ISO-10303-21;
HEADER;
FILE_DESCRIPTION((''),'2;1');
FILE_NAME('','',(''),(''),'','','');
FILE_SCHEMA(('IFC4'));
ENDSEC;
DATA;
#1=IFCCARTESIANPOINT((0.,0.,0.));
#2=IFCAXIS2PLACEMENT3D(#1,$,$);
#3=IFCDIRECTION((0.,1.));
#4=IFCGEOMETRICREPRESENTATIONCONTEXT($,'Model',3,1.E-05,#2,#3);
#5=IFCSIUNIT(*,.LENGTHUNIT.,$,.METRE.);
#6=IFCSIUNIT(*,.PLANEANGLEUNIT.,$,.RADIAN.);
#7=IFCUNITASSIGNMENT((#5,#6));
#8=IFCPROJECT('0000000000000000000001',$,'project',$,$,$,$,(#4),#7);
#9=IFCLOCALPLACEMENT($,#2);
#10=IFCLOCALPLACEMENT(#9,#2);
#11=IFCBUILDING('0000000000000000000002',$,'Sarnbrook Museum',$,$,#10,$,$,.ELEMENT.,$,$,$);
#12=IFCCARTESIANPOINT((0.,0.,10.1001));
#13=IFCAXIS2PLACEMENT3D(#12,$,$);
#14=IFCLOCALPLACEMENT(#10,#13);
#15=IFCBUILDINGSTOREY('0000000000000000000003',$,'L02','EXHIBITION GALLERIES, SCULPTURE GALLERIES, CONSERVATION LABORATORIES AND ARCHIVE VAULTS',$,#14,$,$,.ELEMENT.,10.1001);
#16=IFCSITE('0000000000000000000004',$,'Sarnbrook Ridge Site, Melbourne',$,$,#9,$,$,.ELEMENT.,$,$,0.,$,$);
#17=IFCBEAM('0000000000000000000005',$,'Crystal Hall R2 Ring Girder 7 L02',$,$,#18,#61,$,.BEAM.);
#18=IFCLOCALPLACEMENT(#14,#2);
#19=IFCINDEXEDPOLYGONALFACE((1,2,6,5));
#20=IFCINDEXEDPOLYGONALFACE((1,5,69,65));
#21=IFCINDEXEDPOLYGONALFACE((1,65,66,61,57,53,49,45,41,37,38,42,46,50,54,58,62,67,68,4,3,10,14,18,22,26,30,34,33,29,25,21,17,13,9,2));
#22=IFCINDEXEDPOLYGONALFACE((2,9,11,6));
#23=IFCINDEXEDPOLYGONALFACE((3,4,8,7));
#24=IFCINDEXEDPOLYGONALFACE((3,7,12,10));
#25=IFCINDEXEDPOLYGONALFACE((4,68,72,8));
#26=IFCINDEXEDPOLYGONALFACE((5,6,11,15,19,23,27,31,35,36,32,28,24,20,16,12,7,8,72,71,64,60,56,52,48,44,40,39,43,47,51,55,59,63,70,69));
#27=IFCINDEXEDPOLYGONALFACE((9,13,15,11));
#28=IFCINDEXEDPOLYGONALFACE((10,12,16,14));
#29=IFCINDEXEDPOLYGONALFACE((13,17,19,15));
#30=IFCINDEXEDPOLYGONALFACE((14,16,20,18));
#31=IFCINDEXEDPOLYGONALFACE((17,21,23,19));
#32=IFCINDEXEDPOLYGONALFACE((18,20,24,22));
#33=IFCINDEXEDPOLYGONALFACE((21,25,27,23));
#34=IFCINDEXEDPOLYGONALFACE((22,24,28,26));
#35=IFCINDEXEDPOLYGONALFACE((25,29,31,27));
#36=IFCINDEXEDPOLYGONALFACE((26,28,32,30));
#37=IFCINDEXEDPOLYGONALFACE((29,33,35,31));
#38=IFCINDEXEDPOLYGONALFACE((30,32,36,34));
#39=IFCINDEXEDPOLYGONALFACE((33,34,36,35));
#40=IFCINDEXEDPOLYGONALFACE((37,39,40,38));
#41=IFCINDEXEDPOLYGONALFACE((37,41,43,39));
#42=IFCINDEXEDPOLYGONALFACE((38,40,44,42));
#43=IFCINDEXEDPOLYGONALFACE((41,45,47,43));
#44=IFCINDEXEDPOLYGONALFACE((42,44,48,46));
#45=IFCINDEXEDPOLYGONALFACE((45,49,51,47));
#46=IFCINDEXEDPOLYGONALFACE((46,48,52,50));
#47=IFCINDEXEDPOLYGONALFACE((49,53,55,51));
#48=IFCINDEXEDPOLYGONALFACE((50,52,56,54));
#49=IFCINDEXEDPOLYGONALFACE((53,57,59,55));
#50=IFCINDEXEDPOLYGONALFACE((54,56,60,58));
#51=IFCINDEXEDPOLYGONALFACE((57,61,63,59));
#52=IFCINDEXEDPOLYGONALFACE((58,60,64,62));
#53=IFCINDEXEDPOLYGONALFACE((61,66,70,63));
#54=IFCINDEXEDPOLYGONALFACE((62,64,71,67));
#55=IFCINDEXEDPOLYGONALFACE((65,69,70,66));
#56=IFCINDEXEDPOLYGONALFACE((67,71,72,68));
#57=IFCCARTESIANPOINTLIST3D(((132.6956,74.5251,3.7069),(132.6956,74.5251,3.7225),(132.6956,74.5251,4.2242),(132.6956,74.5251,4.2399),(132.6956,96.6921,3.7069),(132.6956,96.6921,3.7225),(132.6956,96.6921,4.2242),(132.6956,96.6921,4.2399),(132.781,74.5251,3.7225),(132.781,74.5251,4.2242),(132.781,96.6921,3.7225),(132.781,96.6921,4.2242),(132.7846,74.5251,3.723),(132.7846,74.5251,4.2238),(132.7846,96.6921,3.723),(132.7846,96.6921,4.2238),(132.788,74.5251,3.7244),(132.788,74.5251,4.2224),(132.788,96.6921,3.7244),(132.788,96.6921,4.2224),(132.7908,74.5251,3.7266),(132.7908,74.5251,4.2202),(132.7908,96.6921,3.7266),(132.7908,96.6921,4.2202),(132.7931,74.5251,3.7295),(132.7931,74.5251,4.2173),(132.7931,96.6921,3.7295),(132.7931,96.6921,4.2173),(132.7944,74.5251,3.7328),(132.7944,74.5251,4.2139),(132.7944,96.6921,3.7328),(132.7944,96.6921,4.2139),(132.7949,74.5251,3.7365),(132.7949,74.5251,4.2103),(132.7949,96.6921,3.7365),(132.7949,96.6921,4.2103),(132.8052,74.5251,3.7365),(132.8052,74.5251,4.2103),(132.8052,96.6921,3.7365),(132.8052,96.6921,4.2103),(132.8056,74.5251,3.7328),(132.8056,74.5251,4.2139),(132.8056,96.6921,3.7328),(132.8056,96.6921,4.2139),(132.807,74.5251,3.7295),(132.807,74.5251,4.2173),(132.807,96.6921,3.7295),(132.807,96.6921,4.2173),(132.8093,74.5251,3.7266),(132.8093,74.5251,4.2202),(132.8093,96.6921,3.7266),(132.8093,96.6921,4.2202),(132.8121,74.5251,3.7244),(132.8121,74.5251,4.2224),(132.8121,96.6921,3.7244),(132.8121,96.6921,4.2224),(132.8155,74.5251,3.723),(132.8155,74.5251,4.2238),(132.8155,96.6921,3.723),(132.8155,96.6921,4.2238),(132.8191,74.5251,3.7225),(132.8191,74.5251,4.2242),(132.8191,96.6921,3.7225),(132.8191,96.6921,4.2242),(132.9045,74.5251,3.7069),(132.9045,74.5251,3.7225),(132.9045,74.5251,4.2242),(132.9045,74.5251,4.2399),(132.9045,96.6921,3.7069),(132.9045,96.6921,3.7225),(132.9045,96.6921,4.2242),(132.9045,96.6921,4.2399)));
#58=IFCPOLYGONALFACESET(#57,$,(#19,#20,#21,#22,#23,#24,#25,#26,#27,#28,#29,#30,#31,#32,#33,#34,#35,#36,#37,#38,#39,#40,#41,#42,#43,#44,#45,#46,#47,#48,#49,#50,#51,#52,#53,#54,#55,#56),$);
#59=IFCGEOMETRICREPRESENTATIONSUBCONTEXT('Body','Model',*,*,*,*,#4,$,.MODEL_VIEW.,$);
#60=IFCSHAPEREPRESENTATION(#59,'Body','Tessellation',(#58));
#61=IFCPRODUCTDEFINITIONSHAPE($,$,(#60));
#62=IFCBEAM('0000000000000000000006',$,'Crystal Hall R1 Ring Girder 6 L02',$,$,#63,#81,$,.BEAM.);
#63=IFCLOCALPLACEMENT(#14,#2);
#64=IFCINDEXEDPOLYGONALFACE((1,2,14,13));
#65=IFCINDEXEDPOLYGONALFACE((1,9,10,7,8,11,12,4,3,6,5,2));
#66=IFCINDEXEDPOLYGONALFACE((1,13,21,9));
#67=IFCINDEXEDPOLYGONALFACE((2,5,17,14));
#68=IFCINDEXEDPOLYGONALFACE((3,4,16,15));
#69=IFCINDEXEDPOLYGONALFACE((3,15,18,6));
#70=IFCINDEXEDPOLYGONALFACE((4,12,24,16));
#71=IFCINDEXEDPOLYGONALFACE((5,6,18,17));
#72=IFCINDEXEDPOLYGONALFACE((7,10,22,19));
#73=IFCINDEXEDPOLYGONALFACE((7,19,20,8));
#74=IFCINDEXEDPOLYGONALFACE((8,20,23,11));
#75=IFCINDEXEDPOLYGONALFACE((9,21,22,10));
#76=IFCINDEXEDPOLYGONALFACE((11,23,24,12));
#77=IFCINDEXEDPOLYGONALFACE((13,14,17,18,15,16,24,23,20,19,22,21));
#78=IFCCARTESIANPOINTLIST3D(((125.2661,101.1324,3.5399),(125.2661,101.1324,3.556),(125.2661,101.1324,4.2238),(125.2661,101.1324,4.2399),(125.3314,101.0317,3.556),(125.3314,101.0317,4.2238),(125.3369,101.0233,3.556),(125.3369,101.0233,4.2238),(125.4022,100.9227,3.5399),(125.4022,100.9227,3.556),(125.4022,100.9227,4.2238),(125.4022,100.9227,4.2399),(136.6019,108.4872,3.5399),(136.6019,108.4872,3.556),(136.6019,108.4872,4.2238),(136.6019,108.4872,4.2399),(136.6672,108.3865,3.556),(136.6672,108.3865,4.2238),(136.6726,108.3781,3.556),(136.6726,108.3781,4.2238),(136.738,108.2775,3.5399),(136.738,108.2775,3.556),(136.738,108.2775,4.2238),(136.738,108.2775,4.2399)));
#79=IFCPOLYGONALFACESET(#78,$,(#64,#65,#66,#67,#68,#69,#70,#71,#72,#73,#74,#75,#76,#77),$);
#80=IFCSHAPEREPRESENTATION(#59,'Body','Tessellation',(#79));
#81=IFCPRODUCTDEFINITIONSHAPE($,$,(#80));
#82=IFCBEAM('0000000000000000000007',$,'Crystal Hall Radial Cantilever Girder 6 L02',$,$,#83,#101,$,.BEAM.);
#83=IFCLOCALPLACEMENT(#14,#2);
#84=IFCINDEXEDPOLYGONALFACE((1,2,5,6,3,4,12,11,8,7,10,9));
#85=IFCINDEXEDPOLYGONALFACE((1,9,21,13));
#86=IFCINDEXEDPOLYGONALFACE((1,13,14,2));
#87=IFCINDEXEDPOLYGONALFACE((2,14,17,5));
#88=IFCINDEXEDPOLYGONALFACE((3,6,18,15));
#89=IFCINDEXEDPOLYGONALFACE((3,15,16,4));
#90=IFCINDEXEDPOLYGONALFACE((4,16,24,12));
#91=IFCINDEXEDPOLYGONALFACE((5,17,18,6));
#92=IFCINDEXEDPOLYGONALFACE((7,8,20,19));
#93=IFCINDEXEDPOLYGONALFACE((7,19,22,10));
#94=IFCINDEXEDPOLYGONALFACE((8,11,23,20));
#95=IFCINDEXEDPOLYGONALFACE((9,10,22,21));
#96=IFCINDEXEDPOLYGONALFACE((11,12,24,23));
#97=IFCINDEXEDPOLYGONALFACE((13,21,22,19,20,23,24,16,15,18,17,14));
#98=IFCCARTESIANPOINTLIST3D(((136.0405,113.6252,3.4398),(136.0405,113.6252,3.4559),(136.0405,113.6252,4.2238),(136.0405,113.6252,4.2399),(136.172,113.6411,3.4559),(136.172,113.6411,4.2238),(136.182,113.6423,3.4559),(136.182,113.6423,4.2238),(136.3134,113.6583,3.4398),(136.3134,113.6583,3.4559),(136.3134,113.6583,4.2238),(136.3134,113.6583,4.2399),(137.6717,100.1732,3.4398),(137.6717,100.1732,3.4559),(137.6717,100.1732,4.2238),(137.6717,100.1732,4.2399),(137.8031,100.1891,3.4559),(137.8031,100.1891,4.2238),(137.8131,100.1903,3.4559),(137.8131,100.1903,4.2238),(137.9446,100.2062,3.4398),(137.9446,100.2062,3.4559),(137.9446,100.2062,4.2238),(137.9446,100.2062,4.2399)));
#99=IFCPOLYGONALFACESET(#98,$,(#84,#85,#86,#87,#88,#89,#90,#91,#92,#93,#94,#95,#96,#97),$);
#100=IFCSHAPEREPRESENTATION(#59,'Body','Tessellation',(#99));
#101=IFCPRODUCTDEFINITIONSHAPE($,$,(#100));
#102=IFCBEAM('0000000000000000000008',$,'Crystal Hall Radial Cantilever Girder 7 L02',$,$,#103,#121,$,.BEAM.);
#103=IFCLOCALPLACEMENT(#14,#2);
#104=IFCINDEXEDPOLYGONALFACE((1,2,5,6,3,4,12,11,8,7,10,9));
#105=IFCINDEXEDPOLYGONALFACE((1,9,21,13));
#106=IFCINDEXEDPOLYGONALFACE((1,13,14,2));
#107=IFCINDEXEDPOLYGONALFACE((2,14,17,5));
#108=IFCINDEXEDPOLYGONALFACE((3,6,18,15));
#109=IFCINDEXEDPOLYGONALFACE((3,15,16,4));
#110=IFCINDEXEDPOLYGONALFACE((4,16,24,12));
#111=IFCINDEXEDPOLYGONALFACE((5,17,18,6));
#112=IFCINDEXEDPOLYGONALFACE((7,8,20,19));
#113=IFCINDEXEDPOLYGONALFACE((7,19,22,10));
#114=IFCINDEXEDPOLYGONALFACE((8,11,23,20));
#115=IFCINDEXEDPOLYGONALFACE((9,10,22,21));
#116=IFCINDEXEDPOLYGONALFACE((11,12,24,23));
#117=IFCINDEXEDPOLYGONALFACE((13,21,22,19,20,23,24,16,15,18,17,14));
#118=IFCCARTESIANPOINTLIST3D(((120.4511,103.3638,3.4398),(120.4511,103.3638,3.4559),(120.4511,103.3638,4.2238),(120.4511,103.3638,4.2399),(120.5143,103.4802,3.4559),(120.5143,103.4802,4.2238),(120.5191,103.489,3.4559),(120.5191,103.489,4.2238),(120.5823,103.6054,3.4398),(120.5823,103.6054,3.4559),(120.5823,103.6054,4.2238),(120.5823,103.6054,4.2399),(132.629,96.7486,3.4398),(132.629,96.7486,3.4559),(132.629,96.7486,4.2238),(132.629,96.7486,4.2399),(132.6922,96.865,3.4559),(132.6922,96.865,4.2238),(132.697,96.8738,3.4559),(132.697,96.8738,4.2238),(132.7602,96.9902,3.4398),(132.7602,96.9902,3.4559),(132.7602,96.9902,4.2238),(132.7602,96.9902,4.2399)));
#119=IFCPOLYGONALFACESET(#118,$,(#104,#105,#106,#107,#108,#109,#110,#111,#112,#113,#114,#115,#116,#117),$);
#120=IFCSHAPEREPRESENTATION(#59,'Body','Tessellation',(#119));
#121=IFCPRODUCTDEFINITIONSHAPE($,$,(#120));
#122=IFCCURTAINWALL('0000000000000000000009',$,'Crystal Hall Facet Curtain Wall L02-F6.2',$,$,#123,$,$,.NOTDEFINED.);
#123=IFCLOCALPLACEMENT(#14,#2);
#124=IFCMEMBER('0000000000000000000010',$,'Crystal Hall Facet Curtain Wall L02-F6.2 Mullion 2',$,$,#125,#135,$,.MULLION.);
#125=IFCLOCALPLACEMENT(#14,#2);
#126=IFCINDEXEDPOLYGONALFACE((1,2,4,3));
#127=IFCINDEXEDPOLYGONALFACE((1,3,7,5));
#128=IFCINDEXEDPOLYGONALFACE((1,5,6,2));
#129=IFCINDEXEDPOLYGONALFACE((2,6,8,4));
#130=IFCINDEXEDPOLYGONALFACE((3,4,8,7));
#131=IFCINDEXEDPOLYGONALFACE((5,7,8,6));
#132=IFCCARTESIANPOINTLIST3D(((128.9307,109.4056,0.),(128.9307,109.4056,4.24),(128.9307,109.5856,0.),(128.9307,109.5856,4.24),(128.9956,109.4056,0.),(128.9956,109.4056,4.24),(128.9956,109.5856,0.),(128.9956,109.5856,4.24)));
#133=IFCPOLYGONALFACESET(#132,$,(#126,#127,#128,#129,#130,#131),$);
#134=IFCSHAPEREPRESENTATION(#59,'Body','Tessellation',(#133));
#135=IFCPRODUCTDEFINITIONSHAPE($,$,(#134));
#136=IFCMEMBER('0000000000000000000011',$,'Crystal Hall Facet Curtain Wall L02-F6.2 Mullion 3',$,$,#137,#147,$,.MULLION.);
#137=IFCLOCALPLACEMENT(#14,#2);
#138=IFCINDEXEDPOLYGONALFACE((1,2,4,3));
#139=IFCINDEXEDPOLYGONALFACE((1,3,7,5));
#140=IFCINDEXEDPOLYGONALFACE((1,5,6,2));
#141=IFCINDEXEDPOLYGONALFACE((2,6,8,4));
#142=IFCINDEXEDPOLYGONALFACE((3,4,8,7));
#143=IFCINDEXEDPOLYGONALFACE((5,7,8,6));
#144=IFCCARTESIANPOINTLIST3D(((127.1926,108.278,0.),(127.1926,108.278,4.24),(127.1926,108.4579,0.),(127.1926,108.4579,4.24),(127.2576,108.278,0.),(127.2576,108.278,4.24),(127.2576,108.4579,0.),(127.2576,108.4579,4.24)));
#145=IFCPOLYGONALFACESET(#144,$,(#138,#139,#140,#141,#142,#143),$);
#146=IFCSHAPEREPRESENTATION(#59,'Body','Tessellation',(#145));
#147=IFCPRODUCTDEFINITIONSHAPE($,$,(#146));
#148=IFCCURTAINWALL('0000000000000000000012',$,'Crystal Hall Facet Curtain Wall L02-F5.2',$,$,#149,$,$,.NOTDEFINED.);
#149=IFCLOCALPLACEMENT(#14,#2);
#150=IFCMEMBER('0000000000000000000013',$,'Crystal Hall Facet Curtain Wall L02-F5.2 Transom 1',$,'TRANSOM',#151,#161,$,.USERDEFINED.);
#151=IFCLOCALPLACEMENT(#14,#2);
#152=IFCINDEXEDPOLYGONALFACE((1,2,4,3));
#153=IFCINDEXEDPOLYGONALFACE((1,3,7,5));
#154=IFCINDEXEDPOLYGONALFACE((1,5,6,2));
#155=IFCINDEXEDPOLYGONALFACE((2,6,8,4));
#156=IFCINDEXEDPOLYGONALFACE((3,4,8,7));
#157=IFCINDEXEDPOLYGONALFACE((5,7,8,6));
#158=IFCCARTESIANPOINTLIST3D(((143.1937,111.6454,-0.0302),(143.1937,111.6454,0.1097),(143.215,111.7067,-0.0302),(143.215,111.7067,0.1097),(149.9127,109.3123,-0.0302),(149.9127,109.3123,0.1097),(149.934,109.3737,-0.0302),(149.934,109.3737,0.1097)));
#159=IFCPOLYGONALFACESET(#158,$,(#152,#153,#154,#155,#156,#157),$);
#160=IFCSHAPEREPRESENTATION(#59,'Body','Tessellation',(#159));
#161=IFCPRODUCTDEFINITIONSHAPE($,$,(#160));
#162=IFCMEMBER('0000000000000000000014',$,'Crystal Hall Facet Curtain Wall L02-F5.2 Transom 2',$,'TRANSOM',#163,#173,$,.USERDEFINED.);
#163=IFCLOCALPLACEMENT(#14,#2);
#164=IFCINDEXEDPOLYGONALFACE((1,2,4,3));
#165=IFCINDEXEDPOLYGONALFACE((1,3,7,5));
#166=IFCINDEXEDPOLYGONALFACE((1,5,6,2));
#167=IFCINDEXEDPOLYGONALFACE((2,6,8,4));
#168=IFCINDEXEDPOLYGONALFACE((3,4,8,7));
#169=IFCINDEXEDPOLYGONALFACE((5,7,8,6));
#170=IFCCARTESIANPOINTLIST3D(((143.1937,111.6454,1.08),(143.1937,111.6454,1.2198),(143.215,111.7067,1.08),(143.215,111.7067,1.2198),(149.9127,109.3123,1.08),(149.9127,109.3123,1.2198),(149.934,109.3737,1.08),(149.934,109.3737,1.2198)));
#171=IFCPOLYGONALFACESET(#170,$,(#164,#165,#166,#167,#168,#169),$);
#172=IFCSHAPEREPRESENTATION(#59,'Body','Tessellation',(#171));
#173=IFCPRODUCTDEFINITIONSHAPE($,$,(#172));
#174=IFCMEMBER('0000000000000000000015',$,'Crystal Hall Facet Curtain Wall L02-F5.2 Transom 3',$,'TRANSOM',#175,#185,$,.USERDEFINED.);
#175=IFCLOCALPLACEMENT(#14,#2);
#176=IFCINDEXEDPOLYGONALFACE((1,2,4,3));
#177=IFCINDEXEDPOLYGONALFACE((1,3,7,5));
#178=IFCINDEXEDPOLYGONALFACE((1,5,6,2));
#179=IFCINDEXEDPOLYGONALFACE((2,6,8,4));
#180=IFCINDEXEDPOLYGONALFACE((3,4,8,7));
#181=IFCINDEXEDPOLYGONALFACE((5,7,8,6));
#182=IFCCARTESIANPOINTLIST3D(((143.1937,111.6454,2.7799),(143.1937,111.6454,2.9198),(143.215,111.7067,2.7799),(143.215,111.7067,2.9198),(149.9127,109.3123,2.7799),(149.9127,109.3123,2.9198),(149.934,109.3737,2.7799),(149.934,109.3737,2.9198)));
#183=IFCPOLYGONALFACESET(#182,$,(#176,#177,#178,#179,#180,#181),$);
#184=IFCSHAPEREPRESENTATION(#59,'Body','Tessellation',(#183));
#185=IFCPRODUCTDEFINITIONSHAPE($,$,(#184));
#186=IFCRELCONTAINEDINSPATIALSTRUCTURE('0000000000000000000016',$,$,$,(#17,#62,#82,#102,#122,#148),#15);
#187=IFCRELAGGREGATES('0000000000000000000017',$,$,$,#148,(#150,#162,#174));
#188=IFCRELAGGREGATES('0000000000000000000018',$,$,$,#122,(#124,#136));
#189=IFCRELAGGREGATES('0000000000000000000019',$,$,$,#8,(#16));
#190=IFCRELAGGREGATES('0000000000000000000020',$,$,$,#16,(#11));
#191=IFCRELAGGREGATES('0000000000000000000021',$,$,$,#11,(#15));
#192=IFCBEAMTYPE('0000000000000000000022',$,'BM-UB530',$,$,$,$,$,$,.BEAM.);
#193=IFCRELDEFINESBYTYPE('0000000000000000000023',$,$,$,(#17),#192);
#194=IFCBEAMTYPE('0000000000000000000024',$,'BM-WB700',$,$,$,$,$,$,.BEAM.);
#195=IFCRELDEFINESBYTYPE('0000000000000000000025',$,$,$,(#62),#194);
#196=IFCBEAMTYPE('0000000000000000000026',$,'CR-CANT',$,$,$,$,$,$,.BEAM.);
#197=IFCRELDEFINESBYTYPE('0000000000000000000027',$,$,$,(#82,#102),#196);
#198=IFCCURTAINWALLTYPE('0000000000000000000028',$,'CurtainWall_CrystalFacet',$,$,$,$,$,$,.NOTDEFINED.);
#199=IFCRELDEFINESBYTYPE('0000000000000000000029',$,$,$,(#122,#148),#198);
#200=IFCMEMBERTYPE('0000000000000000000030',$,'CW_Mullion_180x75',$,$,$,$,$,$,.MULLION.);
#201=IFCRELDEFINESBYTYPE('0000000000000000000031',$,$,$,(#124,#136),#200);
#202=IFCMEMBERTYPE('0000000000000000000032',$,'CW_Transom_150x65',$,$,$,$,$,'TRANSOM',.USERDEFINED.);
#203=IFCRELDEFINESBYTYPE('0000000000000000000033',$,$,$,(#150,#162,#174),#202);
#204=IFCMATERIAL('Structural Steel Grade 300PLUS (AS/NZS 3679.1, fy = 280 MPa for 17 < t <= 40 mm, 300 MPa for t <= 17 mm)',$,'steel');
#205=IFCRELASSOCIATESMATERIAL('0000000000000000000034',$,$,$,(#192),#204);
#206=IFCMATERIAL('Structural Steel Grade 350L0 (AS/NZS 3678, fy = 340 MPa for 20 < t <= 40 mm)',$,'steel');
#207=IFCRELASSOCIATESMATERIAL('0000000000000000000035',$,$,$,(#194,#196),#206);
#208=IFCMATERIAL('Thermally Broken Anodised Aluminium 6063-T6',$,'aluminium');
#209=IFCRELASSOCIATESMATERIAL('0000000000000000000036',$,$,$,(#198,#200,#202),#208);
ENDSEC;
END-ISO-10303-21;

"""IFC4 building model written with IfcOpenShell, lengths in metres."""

from ifc_helpers import new_model, si_unit, direction, frame, origin, origin_2d, place, context, subcontext, project, spatial, rectangle, i_section, extrude, material, material_profile, profile_set, type_object, element, aggregate, save


model = new_model("IFC4")

# Units and contexts
model_context = context("Model", 3, precision=1e-05, world=origin(), true_north=direction((0.0, 1.0)))
body_context = subcontext(model_context, "Body", "Model", "MODEL_VIEW")
ifc_project = project(units=[si_unit("LENGTHUNIT", "METRE"), si_unit("PLANEANGLEUNIT", "RADIAN")], contexts=[model_context])

# Site, building, storey
site_placement = place(None, origin())
site = spatial("IfcSite", under=ifc_project, at=site_placement, Name="Sarnbrook Ridge Site, Melbourne", CompositionType="ELEMENT", RefElevation=0.0)
building_placement = place(site_placement, origin())
building = spatial("IfcBuilding", under=site, at=building_placement, Name="Sarnbrook Museum", CompositionType="ELEMENT")
storey_placement = place(building_placement, frame((0.0, 0.0, 10.1001)))
storey = spatial("IfcBuildingStorey", under=building, at=storey_placement, Name="L02", Description="EXHIBITION GALLERIES, SCULPTURE GALLERIES, CONSERVATION LABORATORIES AND ARCHIVE VAULTS", CompositionType="ELEMENT", Elevation=10.1001)

# Shared definitions
ifc_material_1 = material(Name="Structural Steel Grade 350L0 (AS/NZS 3678, fy = 340 MPa for 20 < t <= 40 mm)", Category="steel")

# Beams
ifc_material_2 = material(Name="Structural Steel Grade 300PLUS (AS/NZS 3679.1, fy = 280 MPa for 17 < t <= 40 mm, 300 MPa for t <= 17 mm)", Category="steel")
ifc_material_profile_1 = material_profile(ifc_material_2, i_section(OverallWidth=0.209, OverallDepth=0.533, WebThickness=0.0103, FlangeThickness=0.0156, FilletRadius=0.0139, at=origin_2d()), Name="530UB92.4")
ifc_profile_set_1 = profile_set([ifc_material_profile_1], Name="Structural Steel Grade 300PLUS (AS/NZS 3679.1, fy = 280 MPa for 17 < t <= 40 mm, 300 MPa for t <= 17 mm)")
beam_type_1 = type_object("IfcBeamType", Name="BM-UB530", PredefinedType="BEAM", material=ifc_profile_set_1)
beam_1_placement = place(storey_placement, frame((132.8, 96.6921, 3.9734), z_axis=(0.0, -1.0, 0.0), x_axis=(1.0, 0.0, 0.0)))
element("IfcBeam", 1, at=beam_1_placement, inside=storey, type_object=beam_type_1, Name="Crystal Hall R2 Ring Girder 7 L02", PredefinedType="BEAM", context=body_context, shape_type="SweptSolid", body=[
    extrude(i_section(OverallWidth=0.209, OverallDepth=0.533, WebThickness=0.0103, FlangeThickness=0.0156, FilletRadius=0.0139, at=origin_2d()), origin(), (0.0, 0.0, 1.0), 22.167),
])
ifc_material_profile_2 = material_profile(ifc_material_1, i_section(OverallWidth=0.25, OverallDepth=0.7, WebThickness=0.01, FlangeThickness=0.0161, at=origin_2d()), Name="700WB130")
ifc_profile_set_2 = profile_set([ifc_material_profile_2], Name="Structural Steel Grade 350L0 (AS/NZS 3678, fy = 340 MPa for 20 < t <= 40 mm)")
beam_type_2 = type_object("IfcBeamType", Name="BM-WB700", PredefinedType="BEAM", material=ifc_profile_set_2)
beam_2_placement = place(storey_placement, frame((136.6699, 108.3823, 3.8899), z_axis=(-0.838899, -0.544288, 0.0), x_axis=(0.544288, -0.838899, 0.0)))
element("IfcBeam", 2, at=beam_2_placement, inside=storey, type_object=beam_type_2, Name="Crystal Hall R1 Ring Girder 6 L02", PredefinedType="BEAM", context=body_context, shape_type="SweptSolid", body=[
    extrude(i_section(OverallWidth=0.25, OverallDepth=0.7, WebThickness=0.01, FlangeThickness=0.0161, at=origin_2d()), origin(), (0.0, 0.0, 1.0), 13.5127),
])
ifc_material_profile_3 = material_profile(ifc_material_1, i_section(OverallWidth=0.2749, OverallDepth=0.8, WebThickness=0.01, FlangeThickness=0.0161, at=origin_2d()), Name="800WB146")
ifc_profile_set_3 = profile_set([ifc_material_profile_3], Name="Structural Steel Grade 350L0 (AS/NZS 3678, fy = 340 MPa for 20 < t <= 40 mm)")
beam_type_3 = type_object("IfcBeamType", Name="CR-CANT", PredefinedType="BEAM", material=ifc_profile_set_3)
beam_3_placement = place(storey_placement, frame((137.8081, 100.1897, 3.8398), z_axis=(-0.120373, 0.992729, 0.0), x_axis=(-0.992729, -0.120373, 0.0)))
element("IfcBeam", 3, at=beam_3_placement, inside=storey, type_object=beam_type_3, Name="Crystal Hall Radial Cantilever Girder 6 L02", PredefinedType="BEAM", context=body_context, shape_type="SweptSolid", body=[
    extrude(i_section(OverallWidth=0.2749, OverallDepth=0.8, WebThickness=0.01, FlangeThickness=0.0161, at=origin_2d()), origin(), (0.0, 0.0, 1.0), 13.5505),
])
beam_4_placement = place(storey_placement, frame((132.6946, 96.8694, 3.8398), z_axis=(-0.878722, 0.477333, 0.0), x_axis=(-0.477333, -0.878722, 0.0)))
element("IfcBeam", 4, at=beam_4_placement, inside=storey, type_object=beam_type_3, Name="Crystal Hall Radial Cantilever Girder 7 L02", PredefinedType="BEAM", context=body_context, shape_type="SweptSolid", body=[
    extrude(i_section(OverallWidth=0.2749, OverallDepth=0.8, WebThickness=0.01, FlangeThickness=0.0161, at=origin_2d()), origin(), (0.0, 0.0, 1.0), 13.8586),
])

# Curtain walls, members
ifc_material_3 = material(Name="Thermally Broken Anodised Aluminium 6063-T6", Category="aluminium")
curtain_wall_type = type_object("IfcCurtainWallType", Name="CurtainWall_CrystalFacet", PredefinedType="NOTDEFINED", material=ifc_material_3)
curtain_wall_1_placement = place(storey_placement, origin())
curtain_wall_1 = element("IfcCurtainWall", 5, at=curtain_wall_1_placement, inside=storey, type_object=curtain_wall_type, Name="Crystal Hall Facet Curtain Wall L02-F6.2", PredefinedType="NOTDEFINED")
ifc_material_profile_4 = material_profile(ifc_material_3, rectangle(XDim=0.0649, YDim=0.1799, at=origin_2d()), Name="ALU MULLION 65x180")
ifc_profile_set_4 = profile_set([ifc_material_profile_4], Name="Thermally Broken Anodised Aluminium 6063-T6")
member_type_1 = type_object("IfcMemberType", Name="CW_Mullion_180x75", PredefinedType="MULLION", material=ifc_profile_set_4)
member_1_placement = place(storey_placement, frame((128.9631, 109.4956, 0.0), z_axis=(0.0, 0.0, 1.0), x_axis=(1.0, 0.0, 0.0)))
member_1 = element("IfcMember", 6, at=member_1_placement, type_object=member_type_1, Name="Crystal Hall Facet Curtain Wall L02-F6.2 Mullion 2", PredefinedType="MULLION", context=body_context, shape_type="SweptSolid", body=[
    extrude(rectangle(XDim=0.0649, YDim=0.1799, at=origin_2d()), origin(), (0.0, 0.0, 1.0), 4.24),
])
member_2_placement = place(storey_placement, frame((127.2251, 108.3679, 0.0), z_axis=(0.0, 0.0, 1.0), x_axis=(1.0, 0.0, 0.0)))
member_2 = element("IfcMember", 7, at=member_2_placement, type_object=member_type_1, Name="Crystal Hall Facet Curtain Wall L02-F6.2 Mullion 3", PredefinedType="MULLION", context=body_context, shape_type="SweptSolid", body=[
    extrude(rectangle(XDim=0.0649, YDim=0.1799, at=origin_2d()), origin(), (0.0, 0.0, 1.0), 4.24),
])
curtain_wall_2_placement = place(storey_placement, origin())
curtain_wall_2 = element("IfcCurtainWall", 8, at=curtain_wall_2_placement, inside=storey, type_object=curtain_wall_type, Name="Crystal Hall Facet Curtain Wall L02-F5.2", PredefinedType="NOTDEFINED")
ifc_material_profile_5 = material_profile(ifc_material_3, rectangle(XDim=0.0649, YDim=0.1399, at=origin_2d()), Name="ALU TRANSOM 65x140")
ifc_profile_set_5 = profile_set([ifc_material_profile_5], Name="Thermally Broken Anodised Aluminium 6063-T6")
member_type_2 = type_object("IfcMemberType", Name="CW_Transom_150x65", ElementType="TRANSOM", PredefinedType="USERDEFINED", material=ifc_profile_set_5)
member_3_placement = place(storey_placement, frame((149.9233, 109.343, 0.0398), z_axis=(-0.944673, 0.328015, 0.0), x_axis=(-0.328015, -0.944673, 0.0)))
member_3 = element("IfcMember", 9, at=member_3_placement, type_object=member_type_2, Name="Crystal Hall Facet Curtain Wall L02-F5.2 Transom 1", ObjectType="TRANSOM", PredefinedType="USERDEFINED", context=body_context, shape_type="SweptSolid", body=[
    extrude(rectangle(XDim=0.0649, YDim=0.1399, at=origin_2d()), origin(), (0.0, 0.0, 1.0), 7.1125),
])
member_4_placement = place(storey_placement, frame((149.9233, 109.343, 1.1499), z_axis=(-0.944673, 0.328015, 0.0), x_axis=(-0.328015, -0.944673, 0.0)))
member_4 = element("IfcMember", 10, at=member_4_placement, type_object=member_type_2, Name="Crystal Hall Facet Curtain Wall L02-F5.2 Transom 2", ObjectType="TRANSOM", PredefinedType="USERDEFINED", context=body_context, shape_type="SweptSolid", body=[
    extrude(rectangle(XDim=0.0649, YDim=0.1399, at=origin_2d()), origin(), (0.0, 0.0, 1.0), 7.1125),
])
member_5_placement = place(storey_placement, frame((149.9233, 109.343, 2.8499), z_axis=(-0.944673, 0.328015, 0.0), x_axis=(-0.328015, -0.944673, 0.0)))
member_5 = element("IfcMember", 11, at=member_5_placement, type_object=member_type_2, Name="Crystal Hall Facet Curtain Wall L02-F5.2 Transom 3", ObjectType="TRANSOM", PredefinedType="USERDEFINED", context=body_context, shape_type="SweptSolid", body=[
    extrude(rectangle(XDim=0.0649, YDim=0.1399, at=origin_2d()), origin(), (0.0, 0.0, 1.0), 7.1125),
])

aggregate(curtain_wall_2, [member_3, member_4, member_5])
aggregate(curtain_wall_1, [member_1, member_2])

save(model, "model.ifc")
